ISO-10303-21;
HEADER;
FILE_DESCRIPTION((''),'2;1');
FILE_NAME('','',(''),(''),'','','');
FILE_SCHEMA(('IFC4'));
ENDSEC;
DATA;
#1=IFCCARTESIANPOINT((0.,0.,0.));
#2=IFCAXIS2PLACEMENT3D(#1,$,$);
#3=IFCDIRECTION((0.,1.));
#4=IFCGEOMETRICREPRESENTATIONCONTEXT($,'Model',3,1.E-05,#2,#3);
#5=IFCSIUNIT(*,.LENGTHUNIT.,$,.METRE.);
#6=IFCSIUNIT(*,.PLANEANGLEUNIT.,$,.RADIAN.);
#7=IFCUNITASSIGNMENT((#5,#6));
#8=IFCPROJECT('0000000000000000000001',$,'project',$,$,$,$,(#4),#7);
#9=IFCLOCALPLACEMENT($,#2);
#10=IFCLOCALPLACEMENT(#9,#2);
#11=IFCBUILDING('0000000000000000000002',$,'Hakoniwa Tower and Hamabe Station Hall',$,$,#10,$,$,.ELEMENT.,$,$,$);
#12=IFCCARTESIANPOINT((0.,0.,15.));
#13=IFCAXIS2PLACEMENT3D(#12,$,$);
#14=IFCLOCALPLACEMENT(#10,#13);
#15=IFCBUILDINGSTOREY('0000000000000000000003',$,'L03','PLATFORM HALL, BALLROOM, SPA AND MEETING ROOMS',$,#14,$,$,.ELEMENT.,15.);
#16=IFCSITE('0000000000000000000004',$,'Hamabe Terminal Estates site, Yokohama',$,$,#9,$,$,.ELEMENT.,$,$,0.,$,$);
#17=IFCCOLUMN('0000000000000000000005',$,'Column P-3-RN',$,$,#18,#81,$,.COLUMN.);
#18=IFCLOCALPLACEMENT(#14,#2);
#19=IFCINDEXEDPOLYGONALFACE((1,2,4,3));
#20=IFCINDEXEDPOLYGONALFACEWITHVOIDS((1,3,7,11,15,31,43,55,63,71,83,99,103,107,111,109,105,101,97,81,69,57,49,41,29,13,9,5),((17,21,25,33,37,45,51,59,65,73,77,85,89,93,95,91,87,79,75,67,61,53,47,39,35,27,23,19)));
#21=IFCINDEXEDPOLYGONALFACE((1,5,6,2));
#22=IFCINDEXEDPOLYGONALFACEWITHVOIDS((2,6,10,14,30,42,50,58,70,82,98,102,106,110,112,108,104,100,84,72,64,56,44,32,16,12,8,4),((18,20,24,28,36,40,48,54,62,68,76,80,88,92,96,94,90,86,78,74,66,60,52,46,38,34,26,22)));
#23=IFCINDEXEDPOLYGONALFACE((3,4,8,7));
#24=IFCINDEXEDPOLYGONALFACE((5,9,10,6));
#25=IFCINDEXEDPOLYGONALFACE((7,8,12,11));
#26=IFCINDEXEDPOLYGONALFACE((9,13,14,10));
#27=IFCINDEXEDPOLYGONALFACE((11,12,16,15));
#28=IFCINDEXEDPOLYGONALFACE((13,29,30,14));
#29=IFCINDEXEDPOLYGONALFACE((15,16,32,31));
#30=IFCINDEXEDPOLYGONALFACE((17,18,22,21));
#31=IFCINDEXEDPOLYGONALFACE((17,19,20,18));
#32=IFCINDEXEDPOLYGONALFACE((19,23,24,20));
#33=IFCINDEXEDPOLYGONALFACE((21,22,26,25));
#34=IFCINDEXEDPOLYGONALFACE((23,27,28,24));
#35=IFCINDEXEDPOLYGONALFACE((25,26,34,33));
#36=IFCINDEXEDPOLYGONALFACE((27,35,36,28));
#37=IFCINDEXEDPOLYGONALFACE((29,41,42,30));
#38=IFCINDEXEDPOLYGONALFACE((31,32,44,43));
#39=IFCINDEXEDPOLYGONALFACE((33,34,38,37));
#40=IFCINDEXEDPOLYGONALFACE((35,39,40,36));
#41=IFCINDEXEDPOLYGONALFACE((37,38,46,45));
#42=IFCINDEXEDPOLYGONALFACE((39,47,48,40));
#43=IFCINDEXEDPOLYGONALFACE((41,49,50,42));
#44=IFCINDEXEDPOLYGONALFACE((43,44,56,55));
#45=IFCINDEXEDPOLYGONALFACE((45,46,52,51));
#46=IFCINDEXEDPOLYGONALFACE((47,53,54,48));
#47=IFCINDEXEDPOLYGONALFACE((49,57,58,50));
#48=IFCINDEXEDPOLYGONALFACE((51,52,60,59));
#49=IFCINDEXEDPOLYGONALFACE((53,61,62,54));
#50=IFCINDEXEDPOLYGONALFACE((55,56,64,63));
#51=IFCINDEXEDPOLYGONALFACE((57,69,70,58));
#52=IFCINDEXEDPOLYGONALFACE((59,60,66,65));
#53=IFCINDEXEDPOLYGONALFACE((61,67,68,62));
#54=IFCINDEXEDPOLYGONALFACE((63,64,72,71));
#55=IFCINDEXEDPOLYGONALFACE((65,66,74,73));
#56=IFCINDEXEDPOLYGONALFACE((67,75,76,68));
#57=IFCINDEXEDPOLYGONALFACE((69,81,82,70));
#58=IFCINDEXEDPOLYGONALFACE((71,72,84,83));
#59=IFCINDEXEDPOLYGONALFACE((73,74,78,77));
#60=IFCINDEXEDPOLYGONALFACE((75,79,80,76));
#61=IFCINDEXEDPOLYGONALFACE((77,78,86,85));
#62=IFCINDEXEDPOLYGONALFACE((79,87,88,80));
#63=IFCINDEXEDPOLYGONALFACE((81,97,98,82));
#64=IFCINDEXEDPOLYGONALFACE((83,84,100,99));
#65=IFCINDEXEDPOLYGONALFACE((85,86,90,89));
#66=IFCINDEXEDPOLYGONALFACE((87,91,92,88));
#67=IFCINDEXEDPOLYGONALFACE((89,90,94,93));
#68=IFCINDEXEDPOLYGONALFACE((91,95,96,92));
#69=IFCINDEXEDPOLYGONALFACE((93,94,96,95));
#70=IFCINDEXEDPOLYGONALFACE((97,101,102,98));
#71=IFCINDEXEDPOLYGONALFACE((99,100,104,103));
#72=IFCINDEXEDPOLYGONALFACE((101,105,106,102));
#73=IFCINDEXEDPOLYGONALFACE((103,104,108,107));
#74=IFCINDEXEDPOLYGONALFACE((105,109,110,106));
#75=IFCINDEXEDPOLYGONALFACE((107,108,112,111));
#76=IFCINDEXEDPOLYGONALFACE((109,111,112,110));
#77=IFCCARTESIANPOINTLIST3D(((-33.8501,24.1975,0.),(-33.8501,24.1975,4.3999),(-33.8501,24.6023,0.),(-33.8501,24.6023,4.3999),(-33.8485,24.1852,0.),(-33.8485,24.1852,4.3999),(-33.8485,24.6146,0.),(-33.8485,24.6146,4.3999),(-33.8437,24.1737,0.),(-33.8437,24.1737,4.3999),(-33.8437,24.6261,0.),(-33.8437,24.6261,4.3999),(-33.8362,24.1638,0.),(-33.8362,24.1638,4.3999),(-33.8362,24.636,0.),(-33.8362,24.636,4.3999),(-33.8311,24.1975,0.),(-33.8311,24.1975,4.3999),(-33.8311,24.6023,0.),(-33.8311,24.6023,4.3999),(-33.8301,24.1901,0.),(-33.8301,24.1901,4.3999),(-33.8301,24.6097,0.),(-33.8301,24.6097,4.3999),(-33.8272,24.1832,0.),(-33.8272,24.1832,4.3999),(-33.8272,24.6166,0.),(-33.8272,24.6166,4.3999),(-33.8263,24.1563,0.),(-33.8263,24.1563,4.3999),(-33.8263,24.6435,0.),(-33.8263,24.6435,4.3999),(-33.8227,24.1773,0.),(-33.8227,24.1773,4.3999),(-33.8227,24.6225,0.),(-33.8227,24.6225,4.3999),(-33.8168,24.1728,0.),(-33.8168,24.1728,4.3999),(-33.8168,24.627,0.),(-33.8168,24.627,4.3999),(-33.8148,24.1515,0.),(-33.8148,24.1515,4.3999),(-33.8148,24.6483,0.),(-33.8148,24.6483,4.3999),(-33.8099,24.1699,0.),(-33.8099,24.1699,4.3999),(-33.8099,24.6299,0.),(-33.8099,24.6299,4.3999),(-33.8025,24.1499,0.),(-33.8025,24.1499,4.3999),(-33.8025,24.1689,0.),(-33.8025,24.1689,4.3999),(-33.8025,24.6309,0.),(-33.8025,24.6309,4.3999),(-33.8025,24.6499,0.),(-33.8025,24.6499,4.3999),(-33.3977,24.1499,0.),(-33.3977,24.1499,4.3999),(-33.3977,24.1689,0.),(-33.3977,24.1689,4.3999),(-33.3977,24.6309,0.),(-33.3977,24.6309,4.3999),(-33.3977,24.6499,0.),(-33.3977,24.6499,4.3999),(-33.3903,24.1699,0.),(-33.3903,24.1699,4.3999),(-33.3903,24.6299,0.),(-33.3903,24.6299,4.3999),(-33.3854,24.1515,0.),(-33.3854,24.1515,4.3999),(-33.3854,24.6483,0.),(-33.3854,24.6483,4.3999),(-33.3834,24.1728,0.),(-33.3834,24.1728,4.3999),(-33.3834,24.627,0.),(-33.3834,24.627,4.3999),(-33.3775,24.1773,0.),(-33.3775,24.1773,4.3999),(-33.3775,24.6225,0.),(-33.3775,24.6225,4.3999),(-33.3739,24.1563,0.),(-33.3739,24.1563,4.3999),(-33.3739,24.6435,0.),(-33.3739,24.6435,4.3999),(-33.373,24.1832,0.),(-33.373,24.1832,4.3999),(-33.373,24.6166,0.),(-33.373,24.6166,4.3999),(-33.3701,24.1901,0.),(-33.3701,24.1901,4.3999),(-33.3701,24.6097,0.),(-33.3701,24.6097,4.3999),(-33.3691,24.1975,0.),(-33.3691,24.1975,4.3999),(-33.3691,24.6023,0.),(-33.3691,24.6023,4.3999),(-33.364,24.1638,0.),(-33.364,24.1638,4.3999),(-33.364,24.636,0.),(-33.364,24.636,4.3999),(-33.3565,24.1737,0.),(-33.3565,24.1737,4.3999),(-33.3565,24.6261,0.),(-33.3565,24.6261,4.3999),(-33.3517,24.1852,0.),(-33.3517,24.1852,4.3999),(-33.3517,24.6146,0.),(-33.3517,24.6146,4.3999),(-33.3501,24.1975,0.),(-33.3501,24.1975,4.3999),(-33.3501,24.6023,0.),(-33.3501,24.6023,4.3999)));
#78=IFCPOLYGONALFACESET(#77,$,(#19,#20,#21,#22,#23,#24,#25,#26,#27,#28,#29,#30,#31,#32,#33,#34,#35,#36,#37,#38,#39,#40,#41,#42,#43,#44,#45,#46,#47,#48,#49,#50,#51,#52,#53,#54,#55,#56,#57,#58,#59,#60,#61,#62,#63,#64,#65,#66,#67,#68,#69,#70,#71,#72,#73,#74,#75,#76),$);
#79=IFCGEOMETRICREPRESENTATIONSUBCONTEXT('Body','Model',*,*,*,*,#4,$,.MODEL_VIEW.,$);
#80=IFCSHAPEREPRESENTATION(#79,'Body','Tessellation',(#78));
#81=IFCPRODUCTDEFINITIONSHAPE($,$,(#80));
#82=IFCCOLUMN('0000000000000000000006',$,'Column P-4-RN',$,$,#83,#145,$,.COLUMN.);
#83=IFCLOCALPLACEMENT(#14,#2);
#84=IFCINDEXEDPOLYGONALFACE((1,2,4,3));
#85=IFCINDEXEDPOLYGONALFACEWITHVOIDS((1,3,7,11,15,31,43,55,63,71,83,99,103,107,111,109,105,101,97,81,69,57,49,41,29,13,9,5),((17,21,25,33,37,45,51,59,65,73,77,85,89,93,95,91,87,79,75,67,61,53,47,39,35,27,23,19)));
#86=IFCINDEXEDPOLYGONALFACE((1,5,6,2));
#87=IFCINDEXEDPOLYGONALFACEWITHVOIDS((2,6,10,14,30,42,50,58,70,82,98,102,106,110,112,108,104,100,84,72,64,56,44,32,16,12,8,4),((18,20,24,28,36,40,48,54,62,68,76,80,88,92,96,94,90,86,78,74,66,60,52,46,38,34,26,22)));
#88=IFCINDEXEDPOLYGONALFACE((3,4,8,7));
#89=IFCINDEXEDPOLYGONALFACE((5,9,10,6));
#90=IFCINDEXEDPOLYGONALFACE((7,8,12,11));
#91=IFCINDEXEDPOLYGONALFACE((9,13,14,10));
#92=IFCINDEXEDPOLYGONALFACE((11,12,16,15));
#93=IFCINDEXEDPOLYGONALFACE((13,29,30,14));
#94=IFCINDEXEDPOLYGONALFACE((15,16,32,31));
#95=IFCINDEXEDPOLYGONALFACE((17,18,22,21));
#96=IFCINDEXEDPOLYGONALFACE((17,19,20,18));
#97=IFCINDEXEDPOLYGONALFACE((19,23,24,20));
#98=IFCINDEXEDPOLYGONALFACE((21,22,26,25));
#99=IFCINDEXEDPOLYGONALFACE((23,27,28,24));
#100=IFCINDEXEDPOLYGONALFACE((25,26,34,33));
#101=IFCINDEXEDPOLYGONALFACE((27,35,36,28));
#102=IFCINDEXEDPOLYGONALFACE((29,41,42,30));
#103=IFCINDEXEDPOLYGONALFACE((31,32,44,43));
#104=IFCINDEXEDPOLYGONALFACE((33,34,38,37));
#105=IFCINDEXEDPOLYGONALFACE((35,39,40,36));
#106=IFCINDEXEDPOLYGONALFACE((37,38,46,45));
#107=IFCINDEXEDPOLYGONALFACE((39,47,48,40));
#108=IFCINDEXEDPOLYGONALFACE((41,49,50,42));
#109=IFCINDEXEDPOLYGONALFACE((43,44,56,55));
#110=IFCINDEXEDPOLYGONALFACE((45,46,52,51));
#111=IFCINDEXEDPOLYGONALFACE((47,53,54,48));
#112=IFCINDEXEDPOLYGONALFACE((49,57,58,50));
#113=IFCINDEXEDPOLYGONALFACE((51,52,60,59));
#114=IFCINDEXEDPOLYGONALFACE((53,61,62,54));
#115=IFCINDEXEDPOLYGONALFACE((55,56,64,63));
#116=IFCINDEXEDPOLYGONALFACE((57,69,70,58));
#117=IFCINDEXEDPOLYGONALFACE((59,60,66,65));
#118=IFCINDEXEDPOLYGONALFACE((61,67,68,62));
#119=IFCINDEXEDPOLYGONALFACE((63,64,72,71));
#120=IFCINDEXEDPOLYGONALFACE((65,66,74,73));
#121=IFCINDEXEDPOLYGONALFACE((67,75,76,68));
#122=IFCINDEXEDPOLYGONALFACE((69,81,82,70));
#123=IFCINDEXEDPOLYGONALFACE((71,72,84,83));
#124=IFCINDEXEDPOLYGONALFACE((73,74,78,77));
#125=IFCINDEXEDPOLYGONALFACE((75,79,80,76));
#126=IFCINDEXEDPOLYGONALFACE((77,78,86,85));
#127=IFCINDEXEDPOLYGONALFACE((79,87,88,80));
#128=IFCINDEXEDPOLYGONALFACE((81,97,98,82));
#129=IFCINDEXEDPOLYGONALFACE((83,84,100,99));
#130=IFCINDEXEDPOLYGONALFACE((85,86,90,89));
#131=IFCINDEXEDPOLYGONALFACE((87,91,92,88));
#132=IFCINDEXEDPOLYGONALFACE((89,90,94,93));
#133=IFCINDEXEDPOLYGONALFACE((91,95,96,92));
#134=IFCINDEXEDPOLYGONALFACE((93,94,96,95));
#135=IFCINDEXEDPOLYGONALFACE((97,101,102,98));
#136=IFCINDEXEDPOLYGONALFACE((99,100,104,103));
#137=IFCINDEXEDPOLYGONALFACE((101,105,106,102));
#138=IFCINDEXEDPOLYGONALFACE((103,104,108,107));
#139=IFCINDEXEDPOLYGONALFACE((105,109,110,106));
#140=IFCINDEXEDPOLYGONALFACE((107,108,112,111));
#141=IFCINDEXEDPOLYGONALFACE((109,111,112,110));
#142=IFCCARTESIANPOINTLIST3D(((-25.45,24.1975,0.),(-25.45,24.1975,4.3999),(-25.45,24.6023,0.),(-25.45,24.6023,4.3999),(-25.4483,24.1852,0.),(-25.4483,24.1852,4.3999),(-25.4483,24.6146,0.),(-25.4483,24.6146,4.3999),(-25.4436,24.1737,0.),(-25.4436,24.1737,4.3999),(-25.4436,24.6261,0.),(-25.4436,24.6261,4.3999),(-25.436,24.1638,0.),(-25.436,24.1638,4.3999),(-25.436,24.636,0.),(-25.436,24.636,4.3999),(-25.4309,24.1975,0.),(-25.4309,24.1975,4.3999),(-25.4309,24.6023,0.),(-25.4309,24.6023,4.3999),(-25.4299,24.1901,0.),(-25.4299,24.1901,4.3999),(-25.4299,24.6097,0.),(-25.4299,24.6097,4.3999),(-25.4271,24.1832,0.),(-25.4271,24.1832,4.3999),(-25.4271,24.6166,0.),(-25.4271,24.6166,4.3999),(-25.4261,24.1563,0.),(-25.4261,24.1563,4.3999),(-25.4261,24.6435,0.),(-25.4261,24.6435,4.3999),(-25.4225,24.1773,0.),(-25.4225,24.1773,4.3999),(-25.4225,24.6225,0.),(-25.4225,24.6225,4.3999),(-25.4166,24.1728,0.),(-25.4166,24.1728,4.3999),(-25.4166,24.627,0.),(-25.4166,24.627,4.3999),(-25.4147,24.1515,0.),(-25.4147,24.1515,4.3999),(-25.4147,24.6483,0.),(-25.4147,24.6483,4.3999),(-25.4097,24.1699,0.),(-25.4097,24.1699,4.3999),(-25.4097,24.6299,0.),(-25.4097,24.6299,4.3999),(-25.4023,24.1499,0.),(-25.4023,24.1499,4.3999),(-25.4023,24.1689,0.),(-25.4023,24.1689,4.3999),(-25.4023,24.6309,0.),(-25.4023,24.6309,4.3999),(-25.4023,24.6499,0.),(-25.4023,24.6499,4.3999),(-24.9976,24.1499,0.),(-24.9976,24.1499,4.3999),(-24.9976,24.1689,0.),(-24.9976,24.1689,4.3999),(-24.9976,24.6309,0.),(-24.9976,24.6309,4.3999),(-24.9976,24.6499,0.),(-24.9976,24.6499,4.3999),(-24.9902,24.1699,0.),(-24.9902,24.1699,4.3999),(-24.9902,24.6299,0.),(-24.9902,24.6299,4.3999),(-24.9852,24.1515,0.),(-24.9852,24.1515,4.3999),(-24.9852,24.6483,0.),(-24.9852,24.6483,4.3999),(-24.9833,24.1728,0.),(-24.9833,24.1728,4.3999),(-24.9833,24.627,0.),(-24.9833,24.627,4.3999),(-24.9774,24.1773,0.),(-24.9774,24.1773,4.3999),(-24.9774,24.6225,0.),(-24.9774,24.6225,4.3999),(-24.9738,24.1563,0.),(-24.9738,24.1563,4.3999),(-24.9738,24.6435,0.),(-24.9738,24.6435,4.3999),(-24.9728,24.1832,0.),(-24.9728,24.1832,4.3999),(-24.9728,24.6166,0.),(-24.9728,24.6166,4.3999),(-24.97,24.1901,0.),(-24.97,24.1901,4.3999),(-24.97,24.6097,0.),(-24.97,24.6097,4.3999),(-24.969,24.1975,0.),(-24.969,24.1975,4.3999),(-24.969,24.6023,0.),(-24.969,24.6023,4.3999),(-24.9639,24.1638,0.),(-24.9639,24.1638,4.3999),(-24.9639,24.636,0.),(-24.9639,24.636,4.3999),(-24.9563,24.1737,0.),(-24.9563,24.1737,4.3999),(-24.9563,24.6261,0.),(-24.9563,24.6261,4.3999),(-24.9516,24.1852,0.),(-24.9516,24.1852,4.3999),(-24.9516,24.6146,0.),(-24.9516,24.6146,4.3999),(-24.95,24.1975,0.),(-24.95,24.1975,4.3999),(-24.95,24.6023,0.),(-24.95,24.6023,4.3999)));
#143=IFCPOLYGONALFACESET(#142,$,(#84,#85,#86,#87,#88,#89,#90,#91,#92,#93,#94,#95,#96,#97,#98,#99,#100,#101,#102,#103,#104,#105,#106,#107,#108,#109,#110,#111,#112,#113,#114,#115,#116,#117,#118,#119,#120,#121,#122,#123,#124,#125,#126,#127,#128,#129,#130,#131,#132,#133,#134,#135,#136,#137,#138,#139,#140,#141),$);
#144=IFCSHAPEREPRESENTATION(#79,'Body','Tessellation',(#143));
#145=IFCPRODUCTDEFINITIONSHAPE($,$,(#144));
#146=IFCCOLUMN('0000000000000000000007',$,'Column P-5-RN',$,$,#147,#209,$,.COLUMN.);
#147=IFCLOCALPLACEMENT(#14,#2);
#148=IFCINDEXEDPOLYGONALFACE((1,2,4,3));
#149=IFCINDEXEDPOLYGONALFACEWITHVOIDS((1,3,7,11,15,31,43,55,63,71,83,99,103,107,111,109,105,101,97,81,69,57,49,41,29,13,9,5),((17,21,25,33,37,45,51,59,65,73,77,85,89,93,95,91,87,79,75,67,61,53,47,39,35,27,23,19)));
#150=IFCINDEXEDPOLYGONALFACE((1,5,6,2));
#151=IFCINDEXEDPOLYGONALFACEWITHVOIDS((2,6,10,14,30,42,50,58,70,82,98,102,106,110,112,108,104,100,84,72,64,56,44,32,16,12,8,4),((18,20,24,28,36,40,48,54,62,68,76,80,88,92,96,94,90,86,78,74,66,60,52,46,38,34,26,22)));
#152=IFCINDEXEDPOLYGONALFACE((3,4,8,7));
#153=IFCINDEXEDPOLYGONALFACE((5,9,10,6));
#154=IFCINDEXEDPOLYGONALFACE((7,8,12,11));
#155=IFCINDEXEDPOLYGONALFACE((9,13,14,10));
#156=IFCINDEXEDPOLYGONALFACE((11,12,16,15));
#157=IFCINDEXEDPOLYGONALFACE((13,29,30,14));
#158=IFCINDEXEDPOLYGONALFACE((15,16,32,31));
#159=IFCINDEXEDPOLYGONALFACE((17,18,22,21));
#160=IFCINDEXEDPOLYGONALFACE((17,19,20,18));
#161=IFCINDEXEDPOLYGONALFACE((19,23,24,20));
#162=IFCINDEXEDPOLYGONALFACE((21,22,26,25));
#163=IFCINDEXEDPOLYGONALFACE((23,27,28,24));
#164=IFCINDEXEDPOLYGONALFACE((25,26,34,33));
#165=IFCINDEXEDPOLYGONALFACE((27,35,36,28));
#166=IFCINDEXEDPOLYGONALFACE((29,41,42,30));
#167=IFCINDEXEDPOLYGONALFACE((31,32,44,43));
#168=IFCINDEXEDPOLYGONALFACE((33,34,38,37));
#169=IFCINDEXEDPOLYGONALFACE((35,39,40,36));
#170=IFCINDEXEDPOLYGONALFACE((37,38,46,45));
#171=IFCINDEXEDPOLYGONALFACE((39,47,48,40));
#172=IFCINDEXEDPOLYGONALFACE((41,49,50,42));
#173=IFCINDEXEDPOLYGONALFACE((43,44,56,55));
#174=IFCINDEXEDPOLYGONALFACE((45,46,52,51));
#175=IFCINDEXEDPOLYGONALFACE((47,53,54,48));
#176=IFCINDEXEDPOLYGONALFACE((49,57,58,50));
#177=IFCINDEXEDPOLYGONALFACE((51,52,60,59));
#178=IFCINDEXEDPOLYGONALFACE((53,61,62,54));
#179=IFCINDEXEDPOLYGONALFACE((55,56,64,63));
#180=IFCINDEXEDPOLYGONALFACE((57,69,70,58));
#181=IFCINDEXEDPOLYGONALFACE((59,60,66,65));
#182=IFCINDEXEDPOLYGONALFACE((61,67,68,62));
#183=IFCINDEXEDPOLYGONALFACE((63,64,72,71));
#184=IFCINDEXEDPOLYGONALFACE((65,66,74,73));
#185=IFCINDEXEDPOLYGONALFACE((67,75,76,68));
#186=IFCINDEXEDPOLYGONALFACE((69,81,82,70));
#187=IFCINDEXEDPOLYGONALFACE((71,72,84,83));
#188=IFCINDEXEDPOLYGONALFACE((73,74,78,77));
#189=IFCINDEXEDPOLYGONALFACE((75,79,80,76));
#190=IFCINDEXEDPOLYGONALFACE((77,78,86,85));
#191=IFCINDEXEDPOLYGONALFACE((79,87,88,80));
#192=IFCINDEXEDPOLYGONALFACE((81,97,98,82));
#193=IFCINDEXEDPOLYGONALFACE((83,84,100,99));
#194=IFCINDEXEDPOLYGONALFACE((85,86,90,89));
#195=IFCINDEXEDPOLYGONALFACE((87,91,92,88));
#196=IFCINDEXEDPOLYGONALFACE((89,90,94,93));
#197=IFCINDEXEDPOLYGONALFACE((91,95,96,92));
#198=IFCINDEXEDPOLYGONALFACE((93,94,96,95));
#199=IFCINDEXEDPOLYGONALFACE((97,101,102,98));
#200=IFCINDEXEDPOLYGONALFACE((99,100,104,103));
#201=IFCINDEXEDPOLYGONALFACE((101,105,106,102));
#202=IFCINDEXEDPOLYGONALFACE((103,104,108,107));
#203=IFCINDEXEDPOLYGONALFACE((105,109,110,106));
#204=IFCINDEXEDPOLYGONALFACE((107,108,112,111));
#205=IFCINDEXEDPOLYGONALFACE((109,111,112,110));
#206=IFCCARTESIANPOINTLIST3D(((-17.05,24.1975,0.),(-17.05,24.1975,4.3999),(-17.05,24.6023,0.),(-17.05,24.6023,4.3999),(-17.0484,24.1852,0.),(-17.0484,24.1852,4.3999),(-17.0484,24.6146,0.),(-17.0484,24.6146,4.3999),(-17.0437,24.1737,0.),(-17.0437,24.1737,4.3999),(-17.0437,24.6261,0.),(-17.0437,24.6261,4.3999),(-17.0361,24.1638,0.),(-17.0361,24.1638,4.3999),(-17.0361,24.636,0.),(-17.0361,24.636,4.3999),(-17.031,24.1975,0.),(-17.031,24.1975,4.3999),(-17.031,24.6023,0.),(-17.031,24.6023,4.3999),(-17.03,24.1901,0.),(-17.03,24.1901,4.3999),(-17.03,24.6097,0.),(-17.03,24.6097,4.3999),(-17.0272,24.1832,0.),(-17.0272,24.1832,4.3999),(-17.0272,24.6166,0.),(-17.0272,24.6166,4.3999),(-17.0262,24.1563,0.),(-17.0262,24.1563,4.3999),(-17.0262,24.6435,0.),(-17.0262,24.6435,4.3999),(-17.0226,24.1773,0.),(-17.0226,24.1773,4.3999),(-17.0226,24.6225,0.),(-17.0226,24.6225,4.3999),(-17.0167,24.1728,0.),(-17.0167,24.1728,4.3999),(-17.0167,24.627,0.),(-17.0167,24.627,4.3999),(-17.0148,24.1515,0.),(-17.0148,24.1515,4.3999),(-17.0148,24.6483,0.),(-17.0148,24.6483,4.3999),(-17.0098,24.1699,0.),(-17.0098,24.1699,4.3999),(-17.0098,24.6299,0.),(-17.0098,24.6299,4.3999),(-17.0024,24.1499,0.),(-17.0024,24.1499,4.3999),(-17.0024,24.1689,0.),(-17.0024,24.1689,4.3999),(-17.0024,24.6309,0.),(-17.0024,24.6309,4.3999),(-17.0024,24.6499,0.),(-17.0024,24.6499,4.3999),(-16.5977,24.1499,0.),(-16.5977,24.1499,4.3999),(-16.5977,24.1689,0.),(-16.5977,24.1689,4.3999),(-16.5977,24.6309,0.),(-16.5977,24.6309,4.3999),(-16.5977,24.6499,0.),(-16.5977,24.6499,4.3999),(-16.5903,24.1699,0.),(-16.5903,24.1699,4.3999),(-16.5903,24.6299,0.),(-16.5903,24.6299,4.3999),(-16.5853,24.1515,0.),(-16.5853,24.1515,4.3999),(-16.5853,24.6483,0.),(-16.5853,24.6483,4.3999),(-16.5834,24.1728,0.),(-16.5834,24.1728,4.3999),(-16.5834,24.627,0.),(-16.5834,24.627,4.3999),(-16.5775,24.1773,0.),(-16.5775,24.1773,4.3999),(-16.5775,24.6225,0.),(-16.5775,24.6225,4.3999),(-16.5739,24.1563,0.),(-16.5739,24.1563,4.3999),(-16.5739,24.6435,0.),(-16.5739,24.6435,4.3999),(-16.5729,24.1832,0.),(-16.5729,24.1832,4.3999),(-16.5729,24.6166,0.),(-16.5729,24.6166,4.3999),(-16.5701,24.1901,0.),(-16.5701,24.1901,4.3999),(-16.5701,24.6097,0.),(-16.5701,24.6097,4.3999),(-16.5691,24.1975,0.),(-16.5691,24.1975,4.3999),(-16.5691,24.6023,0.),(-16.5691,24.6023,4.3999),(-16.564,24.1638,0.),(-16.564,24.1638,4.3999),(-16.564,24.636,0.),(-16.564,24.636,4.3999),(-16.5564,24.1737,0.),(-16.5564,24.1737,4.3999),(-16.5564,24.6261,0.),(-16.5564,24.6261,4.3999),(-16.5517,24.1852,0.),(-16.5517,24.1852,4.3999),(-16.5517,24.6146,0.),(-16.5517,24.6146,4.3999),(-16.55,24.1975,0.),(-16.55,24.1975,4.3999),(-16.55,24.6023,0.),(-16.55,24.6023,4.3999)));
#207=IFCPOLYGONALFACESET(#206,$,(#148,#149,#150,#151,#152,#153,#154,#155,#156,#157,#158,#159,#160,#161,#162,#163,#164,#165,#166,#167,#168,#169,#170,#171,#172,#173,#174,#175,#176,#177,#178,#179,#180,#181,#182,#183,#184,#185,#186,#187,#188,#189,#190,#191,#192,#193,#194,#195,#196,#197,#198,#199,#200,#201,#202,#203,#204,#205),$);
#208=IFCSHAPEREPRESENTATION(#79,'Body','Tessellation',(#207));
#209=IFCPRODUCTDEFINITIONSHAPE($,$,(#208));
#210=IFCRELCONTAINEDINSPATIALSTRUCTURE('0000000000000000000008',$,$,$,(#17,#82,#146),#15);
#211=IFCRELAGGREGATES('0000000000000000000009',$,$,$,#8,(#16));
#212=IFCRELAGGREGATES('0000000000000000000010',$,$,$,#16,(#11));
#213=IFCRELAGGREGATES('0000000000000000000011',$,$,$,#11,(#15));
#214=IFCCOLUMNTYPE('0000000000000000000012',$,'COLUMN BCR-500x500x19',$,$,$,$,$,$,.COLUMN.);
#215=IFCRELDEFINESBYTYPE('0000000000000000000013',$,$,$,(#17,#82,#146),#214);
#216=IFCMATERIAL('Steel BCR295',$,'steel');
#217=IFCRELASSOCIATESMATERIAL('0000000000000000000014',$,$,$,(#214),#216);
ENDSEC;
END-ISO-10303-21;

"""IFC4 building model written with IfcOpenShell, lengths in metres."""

from ifc_helpers import new_model, si_unit, direction, frame, origin, origin_2d, place, context, subcontext, project, spatial, hollow_rectangle, extrude, material, material_profile, profile_set, type_object, element, save


model = new_model("IFC4")

# Units and contexts
model_context = context("Model", 3, precision=1e-05, world=origin(), true_north=direction((0.0, 1.0)))
body_context = subcontext(model_context, "Body", "Model", "MODEL_VIEW")
ifc_project = project(units=[si_unit("LENGTHUNIT", "METRE"), si_unit("PLANEANGLEUNIT", "RADIAN")], contexts=[model_context])

# Site, building, storey
site_placement = place(None, origin())
site = spatial("IfcSite", under=ifc_project, at=site_placement, Name="Hamabe Terminal Estates site, Yokohama", CompositionType="ELEMENT", RefElevation=0.0)
building_placement = place(site_placement, origin())
building = spatial("IfcBuilding", under=site, at=building_placement, Name="Hakoniwa Tower and Hamabe Station Hall", CompositionType="ELEMENT")
storey_placement = place(building_placement, frame((0.0, 0.0, 15.0)))
storey = spatial("IfcBuildingStorey", under=building, at=storey_placement, Name="L03", Description="PLATFORM HALL, BALLROOM, SPA AND MEETING ROOMS", CompositionType="ELEMENT", Elevation=15.0)

# Columns
ifc_material_1 = material(Name="Steel BCR295", Category="steel")
ifc_material_profile_1 = material_profile(ifc_material_1, hollow_rectangle(XDim=0.5, YDim=0.5, WallThickness=0.019, InnerFilletRadius=0.0286, OuterFilletRadius=0.0476, at=origin_2d()), Name="BCR-500x500x19")
ifc_profile_set_1 = profile_set([ifc_material_profile_1], Name="Steel BCR295")
column_type_1 = type_object("IfcColumnType", Name="COLUMN BCR-500x500x19", PredefinedType="COLUMN", material=ifc_profile_set_1)
for number, where, z_axis, x_axis, name in (
    (1, (-33.6001, 24.3999, 0.0), (0.0, 0.0, 1.0), (1.0, 0.0, 0.0), "Column P-3-RN"),
    (2, (-25.2, 24.3999, 0.0), (0.0, 0.0, 1.0), (1.0, 0.0, 0.0), "Column P-4-RN"),
    (3, (-16.8, 24.3999, 0.0), (0.0, 0.0, 1.0), (1.0, 0.0, 0.0), "Column P-5-RN"),
):
    element("IfcColumn", number, at=place(storey_placement, frame(where, z_axis=z_axis, x_axis=x_axis)), inside=storey, type_object=column_type_1, Name=name, PredefinedType="COLUMN", context=body_context, shape_type="SweptSolid", body=[
        extrude(hollow_rectangle(XDim=0.5, YDim=0.5, WallThickness=0.019, InnerFilletRadius=0.0286, OuterFilletRadius=0.0476, at=origin_2d()), origin(), (0.0, 0.0, 1.0), 4.3999),
    ])

save(model, "model.ifc")
